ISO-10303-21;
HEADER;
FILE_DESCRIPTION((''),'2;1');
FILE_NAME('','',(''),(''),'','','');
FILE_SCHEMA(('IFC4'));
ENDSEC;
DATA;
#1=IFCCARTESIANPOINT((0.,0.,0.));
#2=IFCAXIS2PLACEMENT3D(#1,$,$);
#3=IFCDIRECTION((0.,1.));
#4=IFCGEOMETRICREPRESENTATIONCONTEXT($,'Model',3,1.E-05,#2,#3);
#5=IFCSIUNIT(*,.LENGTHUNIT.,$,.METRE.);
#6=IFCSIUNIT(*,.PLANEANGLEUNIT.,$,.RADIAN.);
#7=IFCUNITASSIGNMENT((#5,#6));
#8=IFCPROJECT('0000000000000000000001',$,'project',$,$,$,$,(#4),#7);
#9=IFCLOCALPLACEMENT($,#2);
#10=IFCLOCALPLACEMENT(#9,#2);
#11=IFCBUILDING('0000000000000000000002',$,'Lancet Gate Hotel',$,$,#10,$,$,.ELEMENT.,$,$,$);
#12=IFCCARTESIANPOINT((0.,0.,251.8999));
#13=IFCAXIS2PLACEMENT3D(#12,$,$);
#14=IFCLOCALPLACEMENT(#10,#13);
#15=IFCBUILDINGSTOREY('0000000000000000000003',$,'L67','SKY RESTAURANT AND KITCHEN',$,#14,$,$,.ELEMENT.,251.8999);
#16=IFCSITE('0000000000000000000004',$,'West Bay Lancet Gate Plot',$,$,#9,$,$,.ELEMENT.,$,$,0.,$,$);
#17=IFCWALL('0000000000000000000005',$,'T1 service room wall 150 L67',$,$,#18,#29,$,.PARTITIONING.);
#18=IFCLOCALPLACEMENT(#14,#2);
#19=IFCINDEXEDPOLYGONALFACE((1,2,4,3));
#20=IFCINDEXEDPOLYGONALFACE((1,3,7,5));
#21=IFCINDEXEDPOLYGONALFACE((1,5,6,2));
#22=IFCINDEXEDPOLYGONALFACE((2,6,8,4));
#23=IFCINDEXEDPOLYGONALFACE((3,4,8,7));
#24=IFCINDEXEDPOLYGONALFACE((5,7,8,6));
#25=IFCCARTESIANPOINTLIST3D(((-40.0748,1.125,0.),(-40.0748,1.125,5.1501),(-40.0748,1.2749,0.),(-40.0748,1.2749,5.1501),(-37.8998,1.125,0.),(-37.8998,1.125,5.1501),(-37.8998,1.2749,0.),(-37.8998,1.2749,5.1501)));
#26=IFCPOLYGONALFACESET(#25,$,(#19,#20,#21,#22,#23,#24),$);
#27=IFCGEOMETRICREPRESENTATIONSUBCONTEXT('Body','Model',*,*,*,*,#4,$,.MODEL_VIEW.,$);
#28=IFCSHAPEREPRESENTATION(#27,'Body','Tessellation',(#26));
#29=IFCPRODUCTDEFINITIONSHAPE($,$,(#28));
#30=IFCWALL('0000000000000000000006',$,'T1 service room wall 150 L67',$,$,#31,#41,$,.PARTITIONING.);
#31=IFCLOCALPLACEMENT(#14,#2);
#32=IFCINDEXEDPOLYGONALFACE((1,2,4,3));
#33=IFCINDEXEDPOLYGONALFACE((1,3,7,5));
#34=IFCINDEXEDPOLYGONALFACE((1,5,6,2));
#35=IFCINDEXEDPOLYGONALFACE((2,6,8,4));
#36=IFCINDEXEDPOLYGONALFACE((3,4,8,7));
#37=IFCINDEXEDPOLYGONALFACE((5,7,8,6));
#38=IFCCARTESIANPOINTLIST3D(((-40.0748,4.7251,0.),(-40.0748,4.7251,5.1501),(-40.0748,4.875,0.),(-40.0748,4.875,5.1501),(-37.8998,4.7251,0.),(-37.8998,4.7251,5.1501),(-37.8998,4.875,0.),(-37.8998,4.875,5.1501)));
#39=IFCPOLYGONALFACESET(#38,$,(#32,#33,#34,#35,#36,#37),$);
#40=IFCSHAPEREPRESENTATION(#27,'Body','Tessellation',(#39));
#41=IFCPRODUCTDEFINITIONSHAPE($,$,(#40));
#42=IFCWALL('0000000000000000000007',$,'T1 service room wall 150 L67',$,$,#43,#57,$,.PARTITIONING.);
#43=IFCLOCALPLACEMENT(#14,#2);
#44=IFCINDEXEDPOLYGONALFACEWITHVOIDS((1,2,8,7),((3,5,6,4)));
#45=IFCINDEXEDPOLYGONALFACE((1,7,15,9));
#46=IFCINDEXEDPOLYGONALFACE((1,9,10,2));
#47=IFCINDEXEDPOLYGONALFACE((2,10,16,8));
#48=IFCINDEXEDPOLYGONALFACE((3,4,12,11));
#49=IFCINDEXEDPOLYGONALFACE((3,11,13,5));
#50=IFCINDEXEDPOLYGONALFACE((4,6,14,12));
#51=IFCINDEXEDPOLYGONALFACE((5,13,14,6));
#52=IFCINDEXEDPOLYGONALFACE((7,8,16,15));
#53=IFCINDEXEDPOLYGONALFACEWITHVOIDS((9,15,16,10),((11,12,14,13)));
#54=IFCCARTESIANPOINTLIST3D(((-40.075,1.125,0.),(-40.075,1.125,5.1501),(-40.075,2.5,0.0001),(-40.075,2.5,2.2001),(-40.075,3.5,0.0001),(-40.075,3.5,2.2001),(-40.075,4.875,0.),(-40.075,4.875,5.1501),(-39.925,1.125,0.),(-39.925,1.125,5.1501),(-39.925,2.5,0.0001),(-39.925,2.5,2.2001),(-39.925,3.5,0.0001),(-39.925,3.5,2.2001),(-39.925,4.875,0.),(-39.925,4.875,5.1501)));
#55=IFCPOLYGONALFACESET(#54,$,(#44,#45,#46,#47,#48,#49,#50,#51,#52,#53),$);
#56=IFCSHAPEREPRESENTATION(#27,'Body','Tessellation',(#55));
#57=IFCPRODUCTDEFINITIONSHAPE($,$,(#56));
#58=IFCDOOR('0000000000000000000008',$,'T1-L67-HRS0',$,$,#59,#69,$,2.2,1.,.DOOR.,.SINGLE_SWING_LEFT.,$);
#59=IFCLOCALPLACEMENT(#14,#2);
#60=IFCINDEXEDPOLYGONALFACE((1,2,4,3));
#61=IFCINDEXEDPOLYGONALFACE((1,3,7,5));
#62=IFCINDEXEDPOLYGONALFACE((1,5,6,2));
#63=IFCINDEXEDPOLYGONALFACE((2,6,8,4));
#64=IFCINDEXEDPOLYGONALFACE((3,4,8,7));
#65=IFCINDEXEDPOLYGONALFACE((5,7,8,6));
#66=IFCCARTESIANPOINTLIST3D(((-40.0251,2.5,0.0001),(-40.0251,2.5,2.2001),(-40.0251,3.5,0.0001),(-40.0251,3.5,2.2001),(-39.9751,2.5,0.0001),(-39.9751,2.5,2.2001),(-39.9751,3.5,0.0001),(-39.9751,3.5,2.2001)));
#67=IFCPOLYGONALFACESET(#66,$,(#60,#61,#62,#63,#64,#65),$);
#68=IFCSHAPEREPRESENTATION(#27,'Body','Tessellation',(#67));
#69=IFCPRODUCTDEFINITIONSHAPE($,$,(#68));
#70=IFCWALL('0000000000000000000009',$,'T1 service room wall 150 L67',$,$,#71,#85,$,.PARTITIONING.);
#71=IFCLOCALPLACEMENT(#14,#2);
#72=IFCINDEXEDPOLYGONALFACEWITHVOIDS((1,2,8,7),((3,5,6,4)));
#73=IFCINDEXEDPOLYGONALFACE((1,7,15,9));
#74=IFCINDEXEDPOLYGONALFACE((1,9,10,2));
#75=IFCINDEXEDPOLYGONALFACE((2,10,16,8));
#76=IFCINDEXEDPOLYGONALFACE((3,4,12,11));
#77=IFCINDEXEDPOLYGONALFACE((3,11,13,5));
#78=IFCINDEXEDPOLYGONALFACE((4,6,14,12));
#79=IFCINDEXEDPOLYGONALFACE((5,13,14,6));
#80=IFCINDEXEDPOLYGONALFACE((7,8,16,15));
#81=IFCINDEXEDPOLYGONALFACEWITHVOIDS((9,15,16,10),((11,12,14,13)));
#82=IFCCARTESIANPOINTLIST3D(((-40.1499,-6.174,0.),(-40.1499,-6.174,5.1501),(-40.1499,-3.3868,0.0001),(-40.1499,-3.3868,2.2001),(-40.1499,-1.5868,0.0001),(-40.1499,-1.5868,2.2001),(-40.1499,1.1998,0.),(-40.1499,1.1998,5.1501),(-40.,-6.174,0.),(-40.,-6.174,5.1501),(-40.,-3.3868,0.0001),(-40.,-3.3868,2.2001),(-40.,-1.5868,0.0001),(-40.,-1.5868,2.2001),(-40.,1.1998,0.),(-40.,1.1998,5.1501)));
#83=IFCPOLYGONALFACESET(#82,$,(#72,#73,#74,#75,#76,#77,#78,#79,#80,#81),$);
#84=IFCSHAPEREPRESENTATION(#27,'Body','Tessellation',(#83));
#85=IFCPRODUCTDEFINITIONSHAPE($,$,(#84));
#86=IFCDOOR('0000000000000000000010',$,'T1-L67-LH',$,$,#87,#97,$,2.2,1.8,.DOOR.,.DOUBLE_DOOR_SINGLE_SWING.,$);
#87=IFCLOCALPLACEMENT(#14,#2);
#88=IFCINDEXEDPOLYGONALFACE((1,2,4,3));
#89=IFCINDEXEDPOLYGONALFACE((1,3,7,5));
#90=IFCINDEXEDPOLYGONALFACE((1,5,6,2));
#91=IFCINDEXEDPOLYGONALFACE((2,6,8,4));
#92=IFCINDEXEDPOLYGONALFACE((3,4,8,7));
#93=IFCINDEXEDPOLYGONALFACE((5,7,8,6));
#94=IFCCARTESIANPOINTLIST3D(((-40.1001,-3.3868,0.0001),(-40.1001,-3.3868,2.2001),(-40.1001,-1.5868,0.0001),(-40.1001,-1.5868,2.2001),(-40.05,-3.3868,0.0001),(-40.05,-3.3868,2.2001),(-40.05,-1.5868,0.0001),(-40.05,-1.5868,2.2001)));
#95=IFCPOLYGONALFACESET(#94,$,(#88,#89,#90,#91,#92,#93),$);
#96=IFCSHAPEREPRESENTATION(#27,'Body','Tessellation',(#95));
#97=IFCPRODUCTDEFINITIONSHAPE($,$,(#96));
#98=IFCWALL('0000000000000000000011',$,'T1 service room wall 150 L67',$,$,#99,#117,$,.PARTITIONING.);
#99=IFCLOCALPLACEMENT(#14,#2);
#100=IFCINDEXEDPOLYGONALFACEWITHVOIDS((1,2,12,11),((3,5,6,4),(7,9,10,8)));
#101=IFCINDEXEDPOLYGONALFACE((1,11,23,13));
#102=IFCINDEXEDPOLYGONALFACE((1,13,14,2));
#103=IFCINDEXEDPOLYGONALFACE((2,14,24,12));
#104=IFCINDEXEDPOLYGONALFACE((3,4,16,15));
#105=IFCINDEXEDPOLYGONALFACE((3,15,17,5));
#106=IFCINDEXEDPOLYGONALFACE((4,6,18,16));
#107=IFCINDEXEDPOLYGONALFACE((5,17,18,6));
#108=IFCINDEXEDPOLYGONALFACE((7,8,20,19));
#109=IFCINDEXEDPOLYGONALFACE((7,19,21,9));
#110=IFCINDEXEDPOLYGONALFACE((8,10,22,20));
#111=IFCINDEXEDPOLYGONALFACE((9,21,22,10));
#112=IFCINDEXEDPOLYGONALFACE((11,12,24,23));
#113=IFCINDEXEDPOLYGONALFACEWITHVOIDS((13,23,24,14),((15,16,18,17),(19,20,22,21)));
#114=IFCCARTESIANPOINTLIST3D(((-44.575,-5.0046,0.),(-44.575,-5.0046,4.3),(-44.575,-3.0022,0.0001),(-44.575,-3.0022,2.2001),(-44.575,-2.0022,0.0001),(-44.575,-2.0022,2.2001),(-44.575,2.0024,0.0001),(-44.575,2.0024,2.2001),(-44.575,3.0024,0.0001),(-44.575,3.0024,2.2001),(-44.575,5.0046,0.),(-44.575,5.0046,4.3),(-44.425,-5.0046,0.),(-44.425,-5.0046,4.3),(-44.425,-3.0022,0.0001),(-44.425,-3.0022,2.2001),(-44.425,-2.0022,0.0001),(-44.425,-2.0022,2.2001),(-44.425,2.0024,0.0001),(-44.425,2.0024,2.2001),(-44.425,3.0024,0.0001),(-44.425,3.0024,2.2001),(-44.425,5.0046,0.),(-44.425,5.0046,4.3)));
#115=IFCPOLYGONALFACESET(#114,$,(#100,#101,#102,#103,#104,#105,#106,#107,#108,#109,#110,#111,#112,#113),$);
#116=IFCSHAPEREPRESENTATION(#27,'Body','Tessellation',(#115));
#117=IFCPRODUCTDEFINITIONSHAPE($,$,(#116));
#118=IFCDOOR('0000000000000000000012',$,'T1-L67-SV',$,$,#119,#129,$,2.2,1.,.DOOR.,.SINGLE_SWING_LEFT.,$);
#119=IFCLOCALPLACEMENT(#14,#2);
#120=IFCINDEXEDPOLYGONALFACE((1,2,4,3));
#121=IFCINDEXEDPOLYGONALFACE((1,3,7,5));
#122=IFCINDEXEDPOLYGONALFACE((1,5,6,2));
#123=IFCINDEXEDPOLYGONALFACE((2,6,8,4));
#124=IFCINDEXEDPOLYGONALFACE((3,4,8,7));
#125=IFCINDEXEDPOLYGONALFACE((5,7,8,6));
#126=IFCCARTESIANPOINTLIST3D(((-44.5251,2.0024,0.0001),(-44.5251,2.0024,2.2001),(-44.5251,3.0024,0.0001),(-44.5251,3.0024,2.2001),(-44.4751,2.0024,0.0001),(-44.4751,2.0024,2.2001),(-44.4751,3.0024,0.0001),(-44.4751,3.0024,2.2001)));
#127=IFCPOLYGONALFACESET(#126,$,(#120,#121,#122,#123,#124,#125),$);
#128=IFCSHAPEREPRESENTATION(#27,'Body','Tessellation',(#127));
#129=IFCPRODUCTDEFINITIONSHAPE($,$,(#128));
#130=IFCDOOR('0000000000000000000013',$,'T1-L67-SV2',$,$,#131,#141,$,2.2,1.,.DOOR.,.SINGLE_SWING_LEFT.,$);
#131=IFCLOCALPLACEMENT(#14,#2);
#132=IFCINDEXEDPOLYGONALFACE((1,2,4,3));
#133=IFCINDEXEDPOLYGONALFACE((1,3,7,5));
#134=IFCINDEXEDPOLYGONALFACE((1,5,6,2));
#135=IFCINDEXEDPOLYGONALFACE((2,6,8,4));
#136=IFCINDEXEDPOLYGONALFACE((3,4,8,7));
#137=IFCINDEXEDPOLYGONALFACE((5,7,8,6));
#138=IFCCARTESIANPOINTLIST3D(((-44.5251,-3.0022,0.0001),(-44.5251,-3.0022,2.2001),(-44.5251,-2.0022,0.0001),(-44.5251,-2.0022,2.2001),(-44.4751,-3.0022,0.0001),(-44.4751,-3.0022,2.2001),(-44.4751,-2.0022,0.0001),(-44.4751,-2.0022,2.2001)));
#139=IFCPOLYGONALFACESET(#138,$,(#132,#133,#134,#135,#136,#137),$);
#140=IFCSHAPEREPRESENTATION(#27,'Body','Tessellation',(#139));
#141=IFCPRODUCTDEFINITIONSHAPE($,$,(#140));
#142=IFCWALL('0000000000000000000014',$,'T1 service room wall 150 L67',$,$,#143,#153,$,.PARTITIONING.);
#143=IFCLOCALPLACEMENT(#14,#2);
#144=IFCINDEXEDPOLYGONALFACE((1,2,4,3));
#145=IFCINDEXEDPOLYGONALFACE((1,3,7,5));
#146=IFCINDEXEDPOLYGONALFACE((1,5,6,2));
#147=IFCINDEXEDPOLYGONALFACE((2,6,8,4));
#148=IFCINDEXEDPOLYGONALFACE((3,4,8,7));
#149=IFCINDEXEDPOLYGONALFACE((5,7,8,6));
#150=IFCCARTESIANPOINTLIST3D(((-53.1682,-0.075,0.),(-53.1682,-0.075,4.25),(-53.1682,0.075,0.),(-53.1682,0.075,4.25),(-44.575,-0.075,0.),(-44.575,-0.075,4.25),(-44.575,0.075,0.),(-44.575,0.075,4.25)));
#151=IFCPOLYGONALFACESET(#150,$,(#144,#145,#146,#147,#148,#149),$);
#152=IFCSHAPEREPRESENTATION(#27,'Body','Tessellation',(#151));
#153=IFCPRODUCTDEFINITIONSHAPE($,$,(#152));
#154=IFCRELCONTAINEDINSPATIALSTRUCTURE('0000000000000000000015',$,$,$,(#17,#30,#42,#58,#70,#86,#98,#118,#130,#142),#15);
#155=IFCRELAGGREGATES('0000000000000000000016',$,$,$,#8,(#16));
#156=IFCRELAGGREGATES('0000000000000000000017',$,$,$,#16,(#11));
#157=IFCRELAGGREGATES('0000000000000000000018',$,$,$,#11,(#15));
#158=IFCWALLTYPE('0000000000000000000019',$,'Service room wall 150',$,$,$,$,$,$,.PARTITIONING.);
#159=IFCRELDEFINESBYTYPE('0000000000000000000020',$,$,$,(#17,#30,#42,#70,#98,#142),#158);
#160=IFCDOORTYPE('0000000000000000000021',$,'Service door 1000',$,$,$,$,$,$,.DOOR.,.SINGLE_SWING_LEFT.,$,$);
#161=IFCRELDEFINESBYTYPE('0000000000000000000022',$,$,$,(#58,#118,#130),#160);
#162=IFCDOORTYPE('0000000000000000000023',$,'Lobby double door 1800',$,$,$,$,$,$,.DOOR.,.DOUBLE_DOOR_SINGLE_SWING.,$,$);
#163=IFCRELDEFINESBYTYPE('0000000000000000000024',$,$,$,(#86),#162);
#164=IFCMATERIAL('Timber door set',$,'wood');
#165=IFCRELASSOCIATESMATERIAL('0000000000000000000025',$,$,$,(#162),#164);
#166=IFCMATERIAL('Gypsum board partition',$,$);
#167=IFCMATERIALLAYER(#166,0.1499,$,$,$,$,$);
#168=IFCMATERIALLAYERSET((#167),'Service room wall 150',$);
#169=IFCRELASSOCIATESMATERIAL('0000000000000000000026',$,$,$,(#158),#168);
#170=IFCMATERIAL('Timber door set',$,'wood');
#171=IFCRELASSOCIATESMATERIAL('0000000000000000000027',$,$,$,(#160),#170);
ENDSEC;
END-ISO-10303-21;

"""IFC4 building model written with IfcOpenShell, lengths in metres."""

from ifc_helpers import new_model, si_unit, direction, frame, frame_2d, origin, place, context, subcontext, project, spatial, rectangle, extrude, material, layer, layer_set, type_object, element, fill, save


model = new_model("IFC4")

# Units and contexts
model_context = context("Model", 3, precision=1e-05, world=origin(), true_north=direction((0.0, 1.0)))
body_context = subcontext(model_context, "Body", "Model", "MODEL_VIEW")
ifc_project = project(units=[si_unit("LENGTHUNIT", "METRE"), si_unit("PLANEANGLEUNIT", "RADIAN")], contexts=[model_context])

# Site, building, storey
site_placement = place(None, origin())
site = spatial("IfcSite", under=ifc_project, at=site_placement, Name="West Bay Lancet Gate Plot", CompositionType="ELEMENT", RefElevation=0.0)
building_placement = place(site_placement, origin())
building = spatial("IfcBuilding", under=site, at=building_placement, Name="Lancet Gate Hotel", CompositionType="ELEMENT")
storey_placement = place(building_placement, frame((0.0, 0.0, 251.8999)))
storey = spatial("IfcBuildingStorey", under=building, at=storey_placement, Name="L67", Description="SKY RESTAURANT AND KITCHEN", CompositionType="ELEMENT", Elevation=251.8999)

# Shared definitions
ifc_material_1 = material(Name="Timber door set", Category="wood")
door_type_1 = type_object("IfcDoorType", Name="Lobby double door 1800", OperationType="DOUBLE_DOOR_SINGLE_SWING", PredefinedType="DOOR", material=ifc_material_1)

# Walls
ifc_material_2 = material(Name="Gypsum board partition")
ifc_layer_1 = layer(ifc_material_2, 0.1499)
ifc_layer_set_1 = layer_set([ifc_layer_1], Name="Service room wall 150")
wall_type_1 = type_object("IfcWallType", Name="Service room wall 150", PredefinedType="PARTITIONING", material=ifc_layer_set_1)
for number, where, z_axis, x_axis, name in (
    (1, (-37.8999, 1.2, 0.0), (0.0, 0.0, 1.0), (-1.0, 0.0, 0.0), "T1 service room wall 150 L67"),
    (2, (-37.8999, 4.8, 0.0), (0.0, 0.0, 1.0), (-1.0, 0.0, 0.0), "T1 service room wall 150 L67"),
):
    element("IfcWall", number, at=place(storey_placement, frame(where, z_axis=z_axis, x_axis=x_axis)), inside=storey, type_object=wall_type_1, Name=name, PredefinedType="PARTITIONING", context=body_context, shape_type="SweptSolid", body=[
        extrude(rectangle(XDim=2.175, YDim=0.1499, at=frame_2d((1.0874, 0.0))), origin(), (0.0, 0.0, 1.0), 5.1501),
    ])

# Walls, openings, doors
wall_1_placement = place(storey_placement, frame((-40.0, 4.875, 0.0), z_axis=(0.0, 0.0, 1.0), x_axis=(0.0, -1.0, 0.0)))
wall_1 = element("IfcWall", 3, at=wall_1_placement, inside=storey, type_object=wall_type_1, Name="T1 service room wall 150 L67", PredefinedType="PARTITIONING", context=body_context, shape_type="SweptSolid", body=[
    extrude(rectangle(XDim=3.75, YDim=0.1499, at=frame_2d((1.875, 0.0))), origin(), (0.0, 0.0, 1.0), 5.1501),
])
opening_1_placement = place(wall_1_placement, frame((1.375, 0.0, 0.0)))
opening_1 = element("IfcOpeningElement", 4, at=opening_1_placement, cuts=wall_1, PredefinedType="OPENING", context=body_context, shape_type="SweptSolid", body=[
    extrude(rectangle(XDim=1.0, YDim=2.2, at=frame_2d((0.5, 1.1001))), frame((0.0, 0.085, 0.0), z_axis=(0.0, -1.0, 0.0), x_axis=(1.0, 0.0, 0.0)), (0.0, 0.0, 1.0), 0.1699),
])
ifc_material_3 = material(Name="Timber door set", Category="wood")
door_type_2 = type_object("IfcDoorType", Name="Service door 1000", OperationType="SINGLE_SWING_LEFT", PredefinedType="DOOR", material=ifc_material_3)
door_1_placement = place(opening_1_placement, origin())
door_1 = element("IfcDoor", 5, at=door_1_placement, inside=storey, type_object=door_type_2, Name="T1-L67-HRS0", OperationType="SINGLE_SWING_LEFT", OverallHeight=2.2, OverallWidth=1.0, PredefinedType="DOOR", context=body_context, shape_type="SweptSolid", body=[
    extrude(rectangle(XDim=1.0, YDim=2.2, at=frame_2d((0.5, 1.1001))), frame((0.0, 0.0249, 0.0), z_axis=(0.0, -1.0, 0.0), x_axis=(1.0, 0.0, 0.0)), (0.0, 0.0, 1.0), 0.05),
])
fill(opening_1, door_1)
wall_2_placement = place(storey_placement, frame((-40.075, 1.2, 0.0), z_axis=(0.0, 0.0, 1.0), x_axis=(0.0, -1.0, 0.0)))
wall_2 = element("IfcWall", 6, at=wall_2_placement, inside=storey, type_object=wall_type_1, Name="T1 service room wall 150 L67", PredefinedType="PARTITIONING", context=body_context, shape_type="SweptSolid", body=[
    extrude(rectangle(XDim=7.3738, YDim=0.1499, at=frame_2d((3.687, 0.0))), origin(), (0.0, 0.0, 1.0), 5.1501),
])
opening_2_placement = place(wall_2_placement, frame((2.7869, 0.0, 0.0)))
opening_2 = element("IfcOpeningElement", 7, at=opening_2_placement, cuts=wall_2, PredefinedType="OPENING", context=body_context, shape_type="SweptSolid", body=[
    extrude(rectangle(XDim=1.8, YDim=2.2, at=frame_2d((0.8999, 1.1001))), frame((0.0, 0.085, 0.0), z_axis=(0.0, -1.0, 0.0), x_axis=(1.0, 0.0, 0.0)), (0.0, 0.0, 1.0), 0.1699),
])
door_2_placement = place(opening_2_placement, origin())
door_2 = element("IfcDoor", 8, at=door_2_placement, inside=storey, type_object=door_type_1, Name="T1-L67-LH", OperationType="DOUBLE_DOOR_SINGLE_SWING", OverallHeight=2.2, OverallWidth=1.8, PredefinedType="DOOR", context=body_context, shape_type="SweptSolid", body=[
    extrude(rectangle(XDim=1.8, YDim=2.2, at=frame_2d((0.8999, 1.1001))), frame((0.0, 0.0249, 0.0), z_axis=(0.0, -1.0, 0.0), x_axis=(1.0, 0.0, 0.0)), (0.0, 0.0, 1.0), 0.05),
])
fill(opening_2, door_2)

# Wall, openings, doors
wall_3_placement = place(storey_placement, frame((-44.5, 5.0046, 0.0), z_axis=(0.0, 0.0, 1.0), x_axis=(0.0, -1.0, 0.0)))
wall_3 = element("IfcWall", 9, at=wall_3_placement, inside=storey, type_object=wall_type_1, Name="T1 service room wall 150 L67", PredefinedType="PARTITIONING", context=body_context, shape_type="SweptSolid", body=[
    extrude(rectangle(XDim=10.0093, YDim=0.1499, at=frame_2d((5.0046, 0.0))), origin(), (0.0, 0.0, 1.0), 4.3),
])
opening_3_placement = place(wall_3_placement, frame((2.0022, 0.0, 0.0)))
opening_3 = element("IfcOpeningElement", 10, at=opening_3_placement, cuts=wall_3, PredefinedType="OPENING", context=body_context, shape_type="SweptSolid", body=[
    extrude(rectangle(XDim=1.0, YDim=2.2, at=frame_2d((0.5, 1.1001))), frame((0.0, 0.085, 0.0), z_axis=(0.0, -1.0, 0.0), x_axis=(1.0, 0.0, 0.0)), (0.0, 0.0, 1.0), 0.1699),
])
opening_4_placement = place(wall_3_placement, frame((7.0068, 0.0, 0.0)))
opening_4 = element("IfcOpeningElement", 11, at=opening_4_placement, cuts=wall_3, PredefinedType="OPENING", context=body_context, shape_type="SweptSolid", body=[
    extrude(rectangle(XDim=1.0, YDim=2.2, at=frame_2d((0.5, 1.1001))), frame((0.0, 0.085, 0.0), z_axis=(0.0, -1.0, 0.0), x_axis=(1.0, 0.0, 0.0)), (0.0, 0.0, 1.0), 0.1699),
])
door_3_placement = place(opening_3_placement, origin())
door_3 = element("IfcDoor", 12, at=door_3_placement, inside=storey, type_object=door_type_2, Name="T1-L67-SV", OperationType="SINGLE_SWING_LEFT", OverallHeight=2.2, OverallWidth=1.0, PredefinedType="DOOR", context=body_context, shape_type="SweptSolid", body=[
    extrude(rectangle(XDim=1.0, YDim=2.2, at=frame_2d((0.5, 1.1001))), frame((0.0, 0.0249, 0.0), z_axis=(0.0, -1.0, 0.0), x_axis=(1.0, 0.0, 0.0)), (0.0, 0.0, 1.0), 0.05),
])
fill(opening_3, door_3)
door_4_placement = place(opening_4_placement, origin())
door_4 = element("IfcDoor", 13, at=door_4_placement, inside=storey, type_object=door_type_2, Name="T1-L67-SV2", OperationType="SINGLE_SWING_LEFT", OverallHeight=2.2, OverallWidth=1.0, PredefinedType="DOOR", context=body_context, shape_type="SweptSolid", body=[
    extrude(rectangle(XDim=1.0, YDim=2.2, at=frame_2d((0.5, 1.1001))), frame((0.0, 0.0249, 0.0), z_axis=(0.0, -1.0, 0.0), x_axis=(1.0, 0.0, 0.0)), (0.0, 0.0, 1.0), 0.05),
])
fill(opening_4, door_4)

# Wall
wall_4_placement = place(storey_placement, frame((-44.575, 0.0, 0.0), z_axis=(0.0, 0.0, 1.0), x_axis=(-1.0, 0.0, 0.0)))
element("IfcWall", 14, at=wall_4_placement, inside=storey, type_object=wall_type_1, Name="T1 service room wall 150 L67", PredefinedType="PARTITIONING", context=body_context, shape_type="SweptSolid", body=[
    extrude(rectangle(XDim=8.5933, YDim=0.1499, at=frame_2d((4.2966, 0.0))), origin(), (0.0, 0.0, 1.0), 4.25),
])

save(model, "model.ifc")
